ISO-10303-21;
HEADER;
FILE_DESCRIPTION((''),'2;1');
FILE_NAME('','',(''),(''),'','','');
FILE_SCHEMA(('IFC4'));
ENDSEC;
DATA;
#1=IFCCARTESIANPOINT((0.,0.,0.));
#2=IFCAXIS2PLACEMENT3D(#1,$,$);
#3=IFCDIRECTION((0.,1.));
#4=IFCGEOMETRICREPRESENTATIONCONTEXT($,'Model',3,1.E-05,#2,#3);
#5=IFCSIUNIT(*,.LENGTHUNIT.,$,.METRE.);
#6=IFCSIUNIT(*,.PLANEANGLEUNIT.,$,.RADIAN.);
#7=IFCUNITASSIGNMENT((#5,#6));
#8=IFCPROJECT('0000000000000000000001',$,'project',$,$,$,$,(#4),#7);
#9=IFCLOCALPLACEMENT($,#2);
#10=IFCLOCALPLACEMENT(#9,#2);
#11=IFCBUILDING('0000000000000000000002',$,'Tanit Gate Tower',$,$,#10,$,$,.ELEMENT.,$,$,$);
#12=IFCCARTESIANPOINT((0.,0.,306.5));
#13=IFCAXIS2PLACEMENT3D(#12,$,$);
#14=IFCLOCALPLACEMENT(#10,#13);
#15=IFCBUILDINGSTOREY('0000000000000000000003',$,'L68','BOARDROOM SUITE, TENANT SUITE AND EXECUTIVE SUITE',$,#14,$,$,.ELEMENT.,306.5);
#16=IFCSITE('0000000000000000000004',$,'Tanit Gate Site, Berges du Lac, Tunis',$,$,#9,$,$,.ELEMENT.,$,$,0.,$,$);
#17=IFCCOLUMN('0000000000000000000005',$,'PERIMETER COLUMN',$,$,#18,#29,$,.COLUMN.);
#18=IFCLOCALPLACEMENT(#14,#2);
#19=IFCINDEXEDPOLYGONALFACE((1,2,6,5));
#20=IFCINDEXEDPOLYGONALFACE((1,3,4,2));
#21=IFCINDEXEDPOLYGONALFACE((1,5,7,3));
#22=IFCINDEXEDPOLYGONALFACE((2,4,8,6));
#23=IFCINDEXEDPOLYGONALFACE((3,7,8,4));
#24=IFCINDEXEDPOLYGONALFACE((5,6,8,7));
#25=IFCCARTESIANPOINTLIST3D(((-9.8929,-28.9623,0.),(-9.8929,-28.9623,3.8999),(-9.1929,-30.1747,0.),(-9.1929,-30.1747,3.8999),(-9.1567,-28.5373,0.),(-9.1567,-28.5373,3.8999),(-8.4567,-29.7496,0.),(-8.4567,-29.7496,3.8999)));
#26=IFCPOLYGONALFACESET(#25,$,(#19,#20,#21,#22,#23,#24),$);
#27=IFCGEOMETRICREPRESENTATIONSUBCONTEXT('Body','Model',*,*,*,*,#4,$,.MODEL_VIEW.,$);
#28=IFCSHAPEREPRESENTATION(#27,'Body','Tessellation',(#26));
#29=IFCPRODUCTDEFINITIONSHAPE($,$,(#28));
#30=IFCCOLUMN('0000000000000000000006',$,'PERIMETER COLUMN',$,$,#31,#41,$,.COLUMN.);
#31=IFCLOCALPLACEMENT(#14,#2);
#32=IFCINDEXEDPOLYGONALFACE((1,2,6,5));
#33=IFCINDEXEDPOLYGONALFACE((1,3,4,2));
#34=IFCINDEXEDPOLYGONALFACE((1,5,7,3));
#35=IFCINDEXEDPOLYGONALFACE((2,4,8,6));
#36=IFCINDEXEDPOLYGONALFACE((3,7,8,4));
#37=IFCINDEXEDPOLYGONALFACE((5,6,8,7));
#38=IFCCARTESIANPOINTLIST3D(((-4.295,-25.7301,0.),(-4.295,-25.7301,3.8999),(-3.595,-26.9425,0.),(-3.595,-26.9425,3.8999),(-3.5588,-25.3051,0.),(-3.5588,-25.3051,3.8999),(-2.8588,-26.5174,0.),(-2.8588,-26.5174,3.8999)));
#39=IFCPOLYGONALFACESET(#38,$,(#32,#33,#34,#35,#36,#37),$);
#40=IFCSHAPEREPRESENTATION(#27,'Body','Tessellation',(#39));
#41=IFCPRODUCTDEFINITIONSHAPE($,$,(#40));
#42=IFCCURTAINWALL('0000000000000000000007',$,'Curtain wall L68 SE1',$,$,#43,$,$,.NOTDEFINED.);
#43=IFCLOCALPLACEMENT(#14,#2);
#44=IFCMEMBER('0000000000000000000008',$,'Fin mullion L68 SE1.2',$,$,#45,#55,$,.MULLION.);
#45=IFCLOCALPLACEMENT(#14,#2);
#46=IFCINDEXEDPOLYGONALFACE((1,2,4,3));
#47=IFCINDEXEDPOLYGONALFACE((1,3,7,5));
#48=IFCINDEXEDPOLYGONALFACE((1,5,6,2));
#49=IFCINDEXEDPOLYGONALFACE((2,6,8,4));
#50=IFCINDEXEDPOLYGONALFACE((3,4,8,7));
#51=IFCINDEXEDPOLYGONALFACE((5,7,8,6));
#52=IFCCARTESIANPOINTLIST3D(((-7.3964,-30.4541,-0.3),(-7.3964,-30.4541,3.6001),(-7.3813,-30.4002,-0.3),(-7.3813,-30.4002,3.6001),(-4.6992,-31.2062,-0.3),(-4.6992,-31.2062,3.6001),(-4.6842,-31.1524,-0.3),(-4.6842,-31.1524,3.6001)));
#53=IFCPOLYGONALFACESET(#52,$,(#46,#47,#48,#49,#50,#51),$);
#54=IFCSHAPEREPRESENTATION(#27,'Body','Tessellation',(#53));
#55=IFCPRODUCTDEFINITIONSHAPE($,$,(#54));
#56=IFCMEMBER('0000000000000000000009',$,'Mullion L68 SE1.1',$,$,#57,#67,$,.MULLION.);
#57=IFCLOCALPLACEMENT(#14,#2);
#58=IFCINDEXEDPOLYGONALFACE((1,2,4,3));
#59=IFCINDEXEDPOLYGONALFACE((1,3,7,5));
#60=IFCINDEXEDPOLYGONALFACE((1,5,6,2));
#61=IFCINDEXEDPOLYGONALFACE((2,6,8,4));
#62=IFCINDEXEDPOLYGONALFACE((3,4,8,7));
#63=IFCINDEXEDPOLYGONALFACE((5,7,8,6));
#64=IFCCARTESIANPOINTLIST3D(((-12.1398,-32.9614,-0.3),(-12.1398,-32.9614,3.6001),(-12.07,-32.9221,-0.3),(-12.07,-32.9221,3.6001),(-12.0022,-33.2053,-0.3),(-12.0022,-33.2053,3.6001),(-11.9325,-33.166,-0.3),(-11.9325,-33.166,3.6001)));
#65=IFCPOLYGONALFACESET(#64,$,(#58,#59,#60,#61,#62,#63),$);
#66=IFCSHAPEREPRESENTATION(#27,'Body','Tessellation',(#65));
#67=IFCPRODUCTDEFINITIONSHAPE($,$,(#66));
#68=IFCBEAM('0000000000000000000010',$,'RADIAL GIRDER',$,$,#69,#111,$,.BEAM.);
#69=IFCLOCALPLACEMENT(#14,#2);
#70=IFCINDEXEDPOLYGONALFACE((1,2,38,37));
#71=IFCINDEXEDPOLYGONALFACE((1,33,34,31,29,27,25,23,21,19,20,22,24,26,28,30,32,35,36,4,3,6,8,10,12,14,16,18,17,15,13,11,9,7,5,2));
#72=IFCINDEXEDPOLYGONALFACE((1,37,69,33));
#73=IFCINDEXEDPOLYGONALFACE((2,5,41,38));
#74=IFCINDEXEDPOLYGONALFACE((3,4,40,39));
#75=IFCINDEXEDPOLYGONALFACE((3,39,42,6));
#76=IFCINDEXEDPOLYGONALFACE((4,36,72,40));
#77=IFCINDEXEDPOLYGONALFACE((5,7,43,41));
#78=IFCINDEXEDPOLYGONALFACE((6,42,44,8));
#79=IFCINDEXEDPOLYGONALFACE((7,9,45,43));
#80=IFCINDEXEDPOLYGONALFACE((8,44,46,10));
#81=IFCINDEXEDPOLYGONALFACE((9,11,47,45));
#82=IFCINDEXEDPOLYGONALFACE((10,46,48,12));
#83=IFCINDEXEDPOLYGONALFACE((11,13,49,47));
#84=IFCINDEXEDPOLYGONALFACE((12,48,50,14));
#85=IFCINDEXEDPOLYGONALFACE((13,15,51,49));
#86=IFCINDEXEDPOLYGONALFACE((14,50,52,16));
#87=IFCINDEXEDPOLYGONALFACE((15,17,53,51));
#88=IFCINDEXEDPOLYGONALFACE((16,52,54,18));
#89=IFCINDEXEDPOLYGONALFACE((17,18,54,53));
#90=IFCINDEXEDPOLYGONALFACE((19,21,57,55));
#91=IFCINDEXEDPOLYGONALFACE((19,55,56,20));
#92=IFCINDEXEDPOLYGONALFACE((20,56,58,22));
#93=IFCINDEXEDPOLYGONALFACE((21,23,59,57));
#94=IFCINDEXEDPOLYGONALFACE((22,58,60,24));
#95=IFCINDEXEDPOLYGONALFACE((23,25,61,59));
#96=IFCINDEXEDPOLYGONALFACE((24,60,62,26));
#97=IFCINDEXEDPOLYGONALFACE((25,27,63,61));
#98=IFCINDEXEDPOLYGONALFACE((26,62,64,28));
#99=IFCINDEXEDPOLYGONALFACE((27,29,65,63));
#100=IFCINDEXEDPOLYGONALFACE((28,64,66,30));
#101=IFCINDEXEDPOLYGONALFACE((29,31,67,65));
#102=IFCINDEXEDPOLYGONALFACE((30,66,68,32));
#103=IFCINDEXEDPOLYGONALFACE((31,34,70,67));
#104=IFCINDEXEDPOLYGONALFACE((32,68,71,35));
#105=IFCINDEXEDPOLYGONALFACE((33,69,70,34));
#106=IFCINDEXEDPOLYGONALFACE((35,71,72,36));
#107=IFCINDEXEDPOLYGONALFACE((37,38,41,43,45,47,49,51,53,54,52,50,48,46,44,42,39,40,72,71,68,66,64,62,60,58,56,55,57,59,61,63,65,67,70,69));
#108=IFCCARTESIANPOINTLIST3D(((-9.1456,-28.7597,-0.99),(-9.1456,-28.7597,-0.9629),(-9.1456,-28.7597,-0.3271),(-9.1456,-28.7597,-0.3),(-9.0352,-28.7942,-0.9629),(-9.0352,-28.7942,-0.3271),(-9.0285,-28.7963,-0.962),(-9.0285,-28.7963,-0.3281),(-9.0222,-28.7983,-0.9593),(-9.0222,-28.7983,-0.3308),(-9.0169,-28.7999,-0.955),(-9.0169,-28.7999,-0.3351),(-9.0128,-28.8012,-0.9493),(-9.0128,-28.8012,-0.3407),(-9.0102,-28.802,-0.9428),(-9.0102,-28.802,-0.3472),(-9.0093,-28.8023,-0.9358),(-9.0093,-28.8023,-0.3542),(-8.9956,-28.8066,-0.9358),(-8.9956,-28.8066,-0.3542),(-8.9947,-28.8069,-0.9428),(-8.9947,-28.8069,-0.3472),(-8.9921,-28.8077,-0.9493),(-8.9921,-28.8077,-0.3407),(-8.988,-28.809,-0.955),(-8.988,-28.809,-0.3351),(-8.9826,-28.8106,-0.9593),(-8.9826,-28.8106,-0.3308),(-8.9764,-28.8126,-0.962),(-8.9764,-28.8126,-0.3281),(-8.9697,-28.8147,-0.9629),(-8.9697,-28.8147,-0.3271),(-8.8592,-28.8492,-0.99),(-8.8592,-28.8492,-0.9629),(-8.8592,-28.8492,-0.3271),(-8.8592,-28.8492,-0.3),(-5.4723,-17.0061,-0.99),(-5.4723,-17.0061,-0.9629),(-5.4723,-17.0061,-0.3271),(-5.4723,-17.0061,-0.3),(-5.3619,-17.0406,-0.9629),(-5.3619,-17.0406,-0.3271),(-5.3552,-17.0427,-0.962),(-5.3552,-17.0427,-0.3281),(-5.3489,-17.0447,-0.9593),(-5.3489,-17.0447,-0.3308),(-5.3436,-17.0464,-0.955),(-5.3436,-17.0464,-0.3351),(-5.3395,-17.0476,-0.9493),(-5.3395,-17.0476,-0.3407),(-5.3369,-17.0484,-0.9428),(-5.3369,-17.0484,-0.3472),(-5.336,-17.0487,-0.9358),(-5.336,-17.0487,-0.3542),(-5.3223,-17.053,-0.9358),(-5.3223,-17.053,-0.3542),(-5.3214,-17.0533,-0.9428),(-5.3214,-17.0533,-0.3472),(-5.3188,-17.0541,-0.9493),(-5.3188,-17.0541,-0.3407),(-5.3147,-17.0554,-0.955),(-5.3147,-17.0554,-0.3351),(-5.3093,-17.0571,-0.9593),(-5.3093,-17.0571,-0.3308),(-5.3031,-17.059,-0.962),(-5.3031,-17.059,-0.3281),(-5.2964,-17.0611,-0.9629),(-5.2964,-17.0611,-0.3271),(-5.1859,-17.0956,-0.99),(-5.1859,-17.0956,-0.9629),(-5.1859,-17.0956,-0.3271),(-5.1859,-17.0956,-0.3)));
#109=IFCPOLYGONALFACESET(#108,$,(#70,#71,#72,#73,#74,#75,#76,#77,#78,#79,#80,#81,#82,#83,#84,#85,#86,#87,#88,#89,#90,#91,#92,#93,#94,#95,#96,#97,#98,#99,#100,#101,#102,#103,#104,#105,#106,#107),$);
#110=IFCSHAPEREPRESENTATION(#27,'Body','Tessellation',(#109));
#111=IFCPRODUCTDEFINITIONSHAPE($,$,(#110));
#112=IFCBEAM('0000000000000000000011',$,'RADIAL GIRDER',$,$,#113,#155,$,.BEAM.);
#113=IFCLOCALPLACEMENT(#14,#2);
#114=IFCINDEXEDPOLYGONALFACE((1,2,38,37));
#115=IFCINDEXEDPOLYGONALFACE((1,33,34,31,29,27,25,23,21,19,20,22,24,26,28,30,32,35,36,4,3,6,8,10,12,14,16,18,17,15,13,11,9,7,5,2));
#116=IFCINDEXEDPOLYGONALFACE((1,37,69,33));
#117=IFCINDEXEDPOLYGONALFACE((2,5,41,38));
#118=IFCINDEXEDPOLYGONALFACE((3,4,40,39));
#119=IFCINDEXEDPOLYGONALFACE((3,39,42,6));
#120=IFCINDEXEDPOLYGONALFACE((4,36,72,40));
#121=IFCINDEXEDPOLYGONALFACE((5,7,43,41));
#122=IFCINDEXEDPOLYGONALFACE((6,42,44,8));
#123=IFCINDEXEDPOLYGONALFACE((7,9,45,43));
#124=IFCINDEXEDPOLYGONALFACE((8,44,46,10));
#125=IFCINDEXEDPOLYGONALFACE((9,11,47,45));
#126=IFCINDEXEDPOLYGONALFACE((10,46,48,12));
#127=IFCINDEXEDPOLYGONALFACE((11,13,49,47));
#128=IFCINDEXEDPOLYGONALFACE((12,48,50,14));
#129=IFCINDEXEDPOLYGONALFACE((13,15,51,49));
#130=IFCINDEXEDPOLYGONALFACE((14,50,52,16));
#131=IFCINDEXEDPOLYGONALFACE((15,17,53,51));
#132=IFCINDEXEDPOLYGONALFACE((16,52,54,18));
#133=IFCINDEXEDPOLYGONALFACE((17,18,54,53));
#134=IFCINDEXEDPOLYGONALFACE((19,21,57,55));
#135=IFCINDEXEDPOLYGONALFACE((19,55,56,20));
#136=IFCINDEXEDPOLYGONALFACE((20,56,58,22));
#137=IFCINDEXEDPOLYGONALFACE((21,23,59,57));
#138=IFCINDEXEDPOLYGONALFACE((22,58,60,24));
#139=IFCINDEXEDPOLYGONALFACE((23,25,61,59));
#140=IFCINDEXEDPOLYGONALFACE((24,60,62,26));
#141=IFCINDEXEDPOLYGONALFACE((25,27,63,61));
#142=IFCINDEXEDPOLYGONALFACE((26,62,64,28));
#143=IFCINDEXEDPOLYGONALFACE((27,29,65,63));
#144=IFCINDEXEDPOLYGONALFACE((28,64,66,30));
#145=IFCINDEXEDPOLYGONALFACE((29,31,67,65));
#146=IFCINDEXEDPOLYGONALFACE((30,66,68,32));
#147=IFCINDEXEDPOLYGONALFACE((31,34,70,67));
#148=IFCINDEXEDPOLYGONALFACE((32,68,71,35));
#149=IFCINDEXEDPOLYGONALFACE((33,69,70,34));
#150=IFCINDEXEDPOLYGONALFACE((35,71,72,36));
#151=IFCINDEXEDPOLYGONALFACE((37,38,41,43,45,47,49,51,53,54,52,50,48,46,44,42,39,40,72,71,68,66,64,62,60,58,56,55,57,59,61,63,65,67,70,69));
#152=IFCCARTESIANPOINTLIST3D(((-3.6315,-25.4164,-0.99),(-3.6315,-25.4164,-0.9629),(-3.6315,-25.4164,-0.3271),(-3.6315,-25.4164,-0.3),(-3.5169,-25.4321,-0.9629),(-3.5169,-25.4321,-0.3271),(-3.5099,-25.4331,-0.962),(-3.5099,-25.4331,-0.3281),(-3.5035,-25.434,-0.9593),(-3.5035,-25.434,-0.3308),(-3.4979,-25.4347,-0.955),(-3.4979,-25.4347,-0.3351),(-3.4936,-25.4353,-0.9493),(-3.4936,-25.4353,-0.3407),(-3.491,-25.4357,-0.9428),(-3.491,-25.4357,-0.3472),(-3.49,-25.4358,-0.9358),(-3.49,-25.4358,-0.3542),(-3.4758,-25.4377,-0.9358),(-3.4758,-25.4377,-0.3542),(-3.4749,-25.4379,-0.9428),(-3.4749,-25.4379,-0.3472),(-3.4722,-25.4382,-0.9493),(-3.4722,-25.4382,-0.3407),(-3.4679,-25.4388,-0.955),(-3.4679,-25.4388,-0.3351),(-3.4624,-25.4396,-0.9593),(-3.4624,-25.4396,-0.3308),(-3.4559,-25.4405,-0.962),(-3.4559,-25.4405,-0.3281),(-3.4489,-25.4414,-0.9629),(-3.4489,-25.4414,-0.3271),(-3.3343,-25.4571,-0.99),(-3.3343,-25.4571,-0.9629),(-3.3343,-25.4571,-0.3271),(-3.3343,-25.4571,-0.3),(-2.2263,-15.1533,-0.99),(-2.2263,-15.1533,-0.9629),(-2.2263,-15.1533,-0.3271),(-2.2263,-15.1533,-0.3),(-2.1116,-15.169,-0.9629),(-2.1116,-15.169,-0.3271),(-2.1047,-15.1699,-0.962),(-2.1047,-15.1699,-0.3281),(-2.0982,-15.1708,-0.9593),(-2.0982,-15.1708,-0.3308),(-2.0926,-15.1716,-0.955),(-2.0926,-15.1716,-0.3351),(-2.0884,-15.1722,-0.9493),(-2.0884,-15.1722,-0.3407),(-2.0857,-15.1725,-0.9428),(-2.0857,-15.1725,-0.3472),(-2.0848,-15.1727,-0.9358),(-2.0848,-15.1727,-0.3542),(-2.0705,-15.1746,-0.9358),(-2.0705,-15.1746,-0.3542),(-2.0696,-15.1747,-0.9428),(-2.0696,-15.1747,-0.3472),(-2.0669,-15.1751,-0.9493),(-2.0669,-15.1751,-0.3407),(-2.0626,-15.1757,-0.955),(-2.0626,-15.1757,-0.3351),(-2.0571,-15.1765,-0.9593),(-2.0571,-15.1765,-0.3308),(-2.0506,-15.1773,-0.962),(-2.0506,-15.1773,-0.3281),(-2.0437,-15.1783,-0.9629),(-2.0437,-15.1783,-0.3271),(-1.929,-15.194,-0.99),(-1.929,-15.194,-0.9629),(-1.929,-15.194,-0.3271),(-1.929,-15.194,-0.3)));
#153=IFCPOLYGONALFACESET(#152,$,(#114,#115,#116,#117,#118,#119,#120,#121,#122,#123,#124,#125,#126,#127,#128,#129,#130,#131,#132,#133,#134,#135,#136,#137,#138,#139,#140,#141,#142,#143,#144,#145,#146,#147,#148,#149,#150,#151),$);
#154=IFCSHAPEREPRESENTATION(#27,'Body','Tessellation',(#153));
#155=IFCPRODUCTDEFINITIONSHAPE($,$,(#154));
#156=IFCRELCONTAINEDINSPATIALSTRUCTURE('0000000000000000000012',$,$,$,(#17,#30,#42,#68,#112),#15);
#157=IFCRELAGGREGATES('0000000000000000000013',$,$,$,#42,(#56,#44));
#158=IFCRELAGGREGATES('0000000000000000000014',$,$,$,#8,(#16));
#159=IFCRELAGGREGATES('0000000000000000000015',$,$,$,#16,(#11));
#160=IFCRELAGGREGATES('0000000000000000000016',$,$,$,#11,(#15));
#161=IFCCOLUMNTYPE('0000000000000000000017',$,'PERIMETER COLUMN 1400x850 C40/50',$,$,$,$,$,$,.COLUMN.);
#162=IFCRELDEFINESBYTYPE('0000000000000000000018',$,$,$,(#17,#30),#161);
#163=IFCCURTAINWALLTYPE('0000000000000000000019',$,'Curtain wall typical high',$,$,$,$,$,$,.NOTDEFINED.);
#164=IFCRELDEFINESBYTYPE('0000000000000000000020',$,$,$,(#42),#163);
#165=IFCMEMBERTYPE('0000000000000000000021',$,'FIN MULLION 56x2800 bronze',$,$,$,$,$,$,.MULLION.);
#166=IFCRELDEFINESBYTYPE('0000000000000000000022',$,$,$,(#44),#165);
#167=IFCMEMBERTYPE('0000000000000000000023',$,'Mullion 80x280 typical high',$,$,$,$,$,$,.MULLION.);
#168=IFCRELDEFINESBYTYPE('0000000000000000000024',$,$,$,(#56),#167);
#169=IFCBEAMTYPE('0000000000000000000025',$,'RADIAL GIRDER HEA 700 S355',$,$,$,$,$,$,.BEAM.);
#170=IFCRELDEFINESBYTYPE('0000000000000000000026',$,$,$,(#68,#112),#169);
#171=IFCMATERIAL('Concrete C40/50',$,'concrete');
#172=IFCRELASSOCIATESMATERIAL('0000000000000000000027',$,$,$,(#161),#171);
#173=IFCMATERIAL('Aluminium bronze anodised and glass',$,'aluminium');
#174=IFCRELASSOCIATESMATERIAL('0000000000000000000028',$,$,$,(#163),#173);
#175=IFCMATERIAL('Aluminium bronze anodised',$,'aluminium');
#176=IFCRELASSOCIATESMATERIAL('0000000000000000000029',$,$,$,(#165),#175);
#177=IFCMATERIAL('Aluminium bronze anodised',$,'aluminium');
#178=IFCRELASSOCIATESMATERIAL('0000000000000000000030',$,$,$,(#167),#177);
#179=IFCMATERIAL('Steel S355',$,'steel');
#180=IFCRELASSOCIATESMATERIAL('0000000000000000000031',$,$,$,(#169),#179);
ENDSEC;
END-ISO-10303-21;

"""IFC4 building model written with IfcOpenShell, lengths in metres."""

from ifc_helpers import new_model, si_unit, direction, frame, origin, origin_2d, place, context, subcontext, project, spatial, rectangle, i_section, extrude, material, material_profile, profile_set, type_object, element, aggregate, save


model = new_model("IFC4")

# Units and contexts
model_context = context("Model", 3, precision=1e-05, world=origin(), true_north=direction((0.0, 1.0)))
body_context = subcontext(model_context, "Body", "Model", "MODEL_VIEW")
ifc_project = project(units=[si_unit("LENGTHUNIT", "METRE"), si_unit("PLANEANGLEUNIT", "RADIAN")], contexts=[model_context])

# Site, building, storey
site_placement = place(None, origin())
site = spatial("IfcSite", under=ifc_project, at=site_placement, Name="Tanit Gate Site, Berges du Lac, Tunis", CompositionType="ELEMENT", RefElevation=0.0)
building_placement = place(site_placement, origin())
building = spatial("IfcBuilding", under=site, at=building_placement, Name="Tanit Gate Tower", CompositionType="ELEMENT")
storey_placement = place(building_placement, frame((0.0, 0.0, 306.5)))
storey = spatial("IfcBuildingStorey", under=building, at=storey_placement, Name="L68", Description="BOARDROOM SUITE, TENANT SUITE AND EXECUTIVE SUITE", CompositionType="ELEMENT", Elevation=306.5)

# Columns
ifc_material_1 = material(Name="Concrete C40/50", Category="concrete")
ifc_material_profile_1 = material_profile(ifc_material_1, rectangle(XDim=1.3999, YDim=0.8501, at=origin_2d()), Name="RC 1400x850")
ifc_profile_set_1 = profile_set([ifc_material_profile_1], Name="Concrete C40/50")
column_type = type_object("IfcColumnType", Name="PERIMETER COLUMN 1400x850 C40/50", PredefinedType="COLUMN", material=ifc_profile_set_1)
for number, where, z_axis, x_axis, name in (
    (1, (-9.1748, -29.356, 0.0), (0.0, 0.0, 1.0), (0.5, -0.866025, 0.0), "PERIMETER COLUMN"),
    (2, (-3.5769, -26.1238, 0.0), (0.0, 0.0, 1.0), (0.5, -0.866025, 0.0), "PERIMETER COLUMN"),
):
    element("IfcColumn", number, at=place(storey_placement, frame(where, z_axis=z_axis, x_axis=x_axis)), inside=storey, type_object=column_type, Name=name, PredefinedType="COLUMN", context=body_context, shape_type="SweptSolid", body=[
        extrude(rectangle(XDim=1.3999, YDim=0.8501, at=origin_2d()), origin(), (0.0, 0.0, 1.0), 3.8999),
    ])

# Curtain wall, members
ifc_material_2 = material(Name="Aluminium bronze anodised and glass", Category="aluminium")
curtain_wall_type = type_object("IfcCurtainWallType", Name="Curtain wall typical high", PredefinedType="NOTDEFINED", material=ifc_material_2)
curtain_wall_placement = place(storey_placement, origin())
curtain_wall = element("IfcCurtainWall", 3, at=curtain_wall_placement, inside=storey, type_object=curtain_wall_type, Name="Curtain wall L68 SE1", PredefinedType="NOTDEFINED")
ifc_material_3 = material(Name="Aluminium bronze anodised", Category="aluminium")
ifc_material_profile_2 = material_profile(ifc_material_3, rectangle(XDim=2.8, YDim=0.0559, at=origin_2d()), Name="56x2800 bronze fin mullion")
ifc_profile_set_2 = profile_set([ifc_material_profile_2], Name="Aluminium bronze anodised")
member_type_1 = type_object("IfcMemberType", Name="FIN MULLION 56x2800 bronze", PredefinedType="MULLION", material=ifc_profile_set_2)
member_1_placement = place(storey_placement, frame((-6.0403, -30.8032, -0.3), z_axis=(0.0, 0.0, 1.0), x_axis=(-0.96325, 0.268606, 0.0)))
member_1 = element("IfcMember", 4, at=member_1_placement, type_object=member_type_1, Name="Fin mullion L68 SE1.2", PredefinedType="MULLION", context=body_context, shape_type="SweptSolid", body=[
    extrude(rectangle(XDim=2.8, YDim=0.0559, at=origin_2d()), origin(), (0.0, 0.0, 1.0), 3.9001),
])
ifc_material_4 = material(Name="Aluminium bronze anodised", Category="aluminium")
ifc_material_profile_3 = material_profile(ifc_material_4, rectangle(XDim=0.28, YDim=0.0801, at=origin_2d()), Name="80x280 bronze mullion")
ifc_profile_set_3 = profile_set([ifc_material_profile_3], Name="Aluminium bronze anodised")
member_type_2 = type_object("IfcMemberType", Name="Mullion 80x280 typical high", PredefinedType="MULLION", material=ifc_profile_set_3)
member_2_placement = place(storey_placement, frame((-12.0361, -33.0637, -0.3), z_axis=(0.0, 0.0, 1.0), x_axis=(-0.491188, 0.871054, 0.0)))
member_2 = element("IfcMember", 5, at=member_2_placement, type_object=member_type_2, Name="Mullion L68 SE1.1", PredefinedType="MULLION", context=body_context, shape_type="SweptSolid", body=[
    extrude(rectangle(XDim=0.28, YDim=0.0801, at=origin_2d()), origin(), (0.0, 0.0, 1.0), 3.9001),
])

# Beams
ifc_material_5 = material(Name="Steel S355", Category="steel")
ifc_material_profile_4 = material_profile(ifc_material_5, i_section(OverallWidth=0.3, OverallDepth=0.6899, WebThickness=0.0144, FlangeThickness=0.0271, FilletRadius=0.0271, at=origin_2d()), Name="HEA 700")
ifc_profile_set_4 = profile_set([ifc_material_profile_4], Name="Steel S355")
beam_type_1 = type_object("IfcBeamType", Name="RADIAL GIRDER HEA 700 S355", PredefinedType="BEAM", material=ifc_profile_set_4)
beam_1_placement = place(storey_placement, frame((-9.0024, -28.8044, -0.645), z_axis=(0.298299, 0.954473, 0.0), x_axis=(-0.954473, 0.298299, 0.0)))
element("IfcBeam", 6, at=beam_1_placement, inside=storey, type_object=beam_type_1, Name="RADIAL GIRDER", PredefinedType="BEAM", context=body_context, shape_type="SweptSolid", body=[
    extrude(i_section(OverallWidth=0.3, OverallDepth=0.6899, WebThickness=0.0144, FlangeThickness=0.0271, FilletRadius=0.0271, at=origin_2d()), origin(), (0.0, 0.0, 1.0), 12.3142),
])
beam_2_placement = place(storey_placement, frame((-3.4829, -25.4368, -0.645), z_axis=(0.135658, 0.990756, 0.0), x_axis=(-0.990756, 0.135658, 0.0)))
element("IfcBeam", 7, at=beam_2_placement, inside=storey, type_object=beam_type_1, Name="RADIAL GIRDER", PredefinedType="BEAM", context=body_context, shape_type="SweptSolid", body=[
    extrude(i_section(OverallWidth=0.3, OverallDepth=0.6899, WebThickness=0.0144, FlangeThickness=0.0271, FilletRadius=0.0271, at=origin_2d()), origin(), (0.0, 0.0, 1.0), 10.3589),
])

aggregate(curtain_wall, [member_2, member_1])

save(model, "model.ifc")
